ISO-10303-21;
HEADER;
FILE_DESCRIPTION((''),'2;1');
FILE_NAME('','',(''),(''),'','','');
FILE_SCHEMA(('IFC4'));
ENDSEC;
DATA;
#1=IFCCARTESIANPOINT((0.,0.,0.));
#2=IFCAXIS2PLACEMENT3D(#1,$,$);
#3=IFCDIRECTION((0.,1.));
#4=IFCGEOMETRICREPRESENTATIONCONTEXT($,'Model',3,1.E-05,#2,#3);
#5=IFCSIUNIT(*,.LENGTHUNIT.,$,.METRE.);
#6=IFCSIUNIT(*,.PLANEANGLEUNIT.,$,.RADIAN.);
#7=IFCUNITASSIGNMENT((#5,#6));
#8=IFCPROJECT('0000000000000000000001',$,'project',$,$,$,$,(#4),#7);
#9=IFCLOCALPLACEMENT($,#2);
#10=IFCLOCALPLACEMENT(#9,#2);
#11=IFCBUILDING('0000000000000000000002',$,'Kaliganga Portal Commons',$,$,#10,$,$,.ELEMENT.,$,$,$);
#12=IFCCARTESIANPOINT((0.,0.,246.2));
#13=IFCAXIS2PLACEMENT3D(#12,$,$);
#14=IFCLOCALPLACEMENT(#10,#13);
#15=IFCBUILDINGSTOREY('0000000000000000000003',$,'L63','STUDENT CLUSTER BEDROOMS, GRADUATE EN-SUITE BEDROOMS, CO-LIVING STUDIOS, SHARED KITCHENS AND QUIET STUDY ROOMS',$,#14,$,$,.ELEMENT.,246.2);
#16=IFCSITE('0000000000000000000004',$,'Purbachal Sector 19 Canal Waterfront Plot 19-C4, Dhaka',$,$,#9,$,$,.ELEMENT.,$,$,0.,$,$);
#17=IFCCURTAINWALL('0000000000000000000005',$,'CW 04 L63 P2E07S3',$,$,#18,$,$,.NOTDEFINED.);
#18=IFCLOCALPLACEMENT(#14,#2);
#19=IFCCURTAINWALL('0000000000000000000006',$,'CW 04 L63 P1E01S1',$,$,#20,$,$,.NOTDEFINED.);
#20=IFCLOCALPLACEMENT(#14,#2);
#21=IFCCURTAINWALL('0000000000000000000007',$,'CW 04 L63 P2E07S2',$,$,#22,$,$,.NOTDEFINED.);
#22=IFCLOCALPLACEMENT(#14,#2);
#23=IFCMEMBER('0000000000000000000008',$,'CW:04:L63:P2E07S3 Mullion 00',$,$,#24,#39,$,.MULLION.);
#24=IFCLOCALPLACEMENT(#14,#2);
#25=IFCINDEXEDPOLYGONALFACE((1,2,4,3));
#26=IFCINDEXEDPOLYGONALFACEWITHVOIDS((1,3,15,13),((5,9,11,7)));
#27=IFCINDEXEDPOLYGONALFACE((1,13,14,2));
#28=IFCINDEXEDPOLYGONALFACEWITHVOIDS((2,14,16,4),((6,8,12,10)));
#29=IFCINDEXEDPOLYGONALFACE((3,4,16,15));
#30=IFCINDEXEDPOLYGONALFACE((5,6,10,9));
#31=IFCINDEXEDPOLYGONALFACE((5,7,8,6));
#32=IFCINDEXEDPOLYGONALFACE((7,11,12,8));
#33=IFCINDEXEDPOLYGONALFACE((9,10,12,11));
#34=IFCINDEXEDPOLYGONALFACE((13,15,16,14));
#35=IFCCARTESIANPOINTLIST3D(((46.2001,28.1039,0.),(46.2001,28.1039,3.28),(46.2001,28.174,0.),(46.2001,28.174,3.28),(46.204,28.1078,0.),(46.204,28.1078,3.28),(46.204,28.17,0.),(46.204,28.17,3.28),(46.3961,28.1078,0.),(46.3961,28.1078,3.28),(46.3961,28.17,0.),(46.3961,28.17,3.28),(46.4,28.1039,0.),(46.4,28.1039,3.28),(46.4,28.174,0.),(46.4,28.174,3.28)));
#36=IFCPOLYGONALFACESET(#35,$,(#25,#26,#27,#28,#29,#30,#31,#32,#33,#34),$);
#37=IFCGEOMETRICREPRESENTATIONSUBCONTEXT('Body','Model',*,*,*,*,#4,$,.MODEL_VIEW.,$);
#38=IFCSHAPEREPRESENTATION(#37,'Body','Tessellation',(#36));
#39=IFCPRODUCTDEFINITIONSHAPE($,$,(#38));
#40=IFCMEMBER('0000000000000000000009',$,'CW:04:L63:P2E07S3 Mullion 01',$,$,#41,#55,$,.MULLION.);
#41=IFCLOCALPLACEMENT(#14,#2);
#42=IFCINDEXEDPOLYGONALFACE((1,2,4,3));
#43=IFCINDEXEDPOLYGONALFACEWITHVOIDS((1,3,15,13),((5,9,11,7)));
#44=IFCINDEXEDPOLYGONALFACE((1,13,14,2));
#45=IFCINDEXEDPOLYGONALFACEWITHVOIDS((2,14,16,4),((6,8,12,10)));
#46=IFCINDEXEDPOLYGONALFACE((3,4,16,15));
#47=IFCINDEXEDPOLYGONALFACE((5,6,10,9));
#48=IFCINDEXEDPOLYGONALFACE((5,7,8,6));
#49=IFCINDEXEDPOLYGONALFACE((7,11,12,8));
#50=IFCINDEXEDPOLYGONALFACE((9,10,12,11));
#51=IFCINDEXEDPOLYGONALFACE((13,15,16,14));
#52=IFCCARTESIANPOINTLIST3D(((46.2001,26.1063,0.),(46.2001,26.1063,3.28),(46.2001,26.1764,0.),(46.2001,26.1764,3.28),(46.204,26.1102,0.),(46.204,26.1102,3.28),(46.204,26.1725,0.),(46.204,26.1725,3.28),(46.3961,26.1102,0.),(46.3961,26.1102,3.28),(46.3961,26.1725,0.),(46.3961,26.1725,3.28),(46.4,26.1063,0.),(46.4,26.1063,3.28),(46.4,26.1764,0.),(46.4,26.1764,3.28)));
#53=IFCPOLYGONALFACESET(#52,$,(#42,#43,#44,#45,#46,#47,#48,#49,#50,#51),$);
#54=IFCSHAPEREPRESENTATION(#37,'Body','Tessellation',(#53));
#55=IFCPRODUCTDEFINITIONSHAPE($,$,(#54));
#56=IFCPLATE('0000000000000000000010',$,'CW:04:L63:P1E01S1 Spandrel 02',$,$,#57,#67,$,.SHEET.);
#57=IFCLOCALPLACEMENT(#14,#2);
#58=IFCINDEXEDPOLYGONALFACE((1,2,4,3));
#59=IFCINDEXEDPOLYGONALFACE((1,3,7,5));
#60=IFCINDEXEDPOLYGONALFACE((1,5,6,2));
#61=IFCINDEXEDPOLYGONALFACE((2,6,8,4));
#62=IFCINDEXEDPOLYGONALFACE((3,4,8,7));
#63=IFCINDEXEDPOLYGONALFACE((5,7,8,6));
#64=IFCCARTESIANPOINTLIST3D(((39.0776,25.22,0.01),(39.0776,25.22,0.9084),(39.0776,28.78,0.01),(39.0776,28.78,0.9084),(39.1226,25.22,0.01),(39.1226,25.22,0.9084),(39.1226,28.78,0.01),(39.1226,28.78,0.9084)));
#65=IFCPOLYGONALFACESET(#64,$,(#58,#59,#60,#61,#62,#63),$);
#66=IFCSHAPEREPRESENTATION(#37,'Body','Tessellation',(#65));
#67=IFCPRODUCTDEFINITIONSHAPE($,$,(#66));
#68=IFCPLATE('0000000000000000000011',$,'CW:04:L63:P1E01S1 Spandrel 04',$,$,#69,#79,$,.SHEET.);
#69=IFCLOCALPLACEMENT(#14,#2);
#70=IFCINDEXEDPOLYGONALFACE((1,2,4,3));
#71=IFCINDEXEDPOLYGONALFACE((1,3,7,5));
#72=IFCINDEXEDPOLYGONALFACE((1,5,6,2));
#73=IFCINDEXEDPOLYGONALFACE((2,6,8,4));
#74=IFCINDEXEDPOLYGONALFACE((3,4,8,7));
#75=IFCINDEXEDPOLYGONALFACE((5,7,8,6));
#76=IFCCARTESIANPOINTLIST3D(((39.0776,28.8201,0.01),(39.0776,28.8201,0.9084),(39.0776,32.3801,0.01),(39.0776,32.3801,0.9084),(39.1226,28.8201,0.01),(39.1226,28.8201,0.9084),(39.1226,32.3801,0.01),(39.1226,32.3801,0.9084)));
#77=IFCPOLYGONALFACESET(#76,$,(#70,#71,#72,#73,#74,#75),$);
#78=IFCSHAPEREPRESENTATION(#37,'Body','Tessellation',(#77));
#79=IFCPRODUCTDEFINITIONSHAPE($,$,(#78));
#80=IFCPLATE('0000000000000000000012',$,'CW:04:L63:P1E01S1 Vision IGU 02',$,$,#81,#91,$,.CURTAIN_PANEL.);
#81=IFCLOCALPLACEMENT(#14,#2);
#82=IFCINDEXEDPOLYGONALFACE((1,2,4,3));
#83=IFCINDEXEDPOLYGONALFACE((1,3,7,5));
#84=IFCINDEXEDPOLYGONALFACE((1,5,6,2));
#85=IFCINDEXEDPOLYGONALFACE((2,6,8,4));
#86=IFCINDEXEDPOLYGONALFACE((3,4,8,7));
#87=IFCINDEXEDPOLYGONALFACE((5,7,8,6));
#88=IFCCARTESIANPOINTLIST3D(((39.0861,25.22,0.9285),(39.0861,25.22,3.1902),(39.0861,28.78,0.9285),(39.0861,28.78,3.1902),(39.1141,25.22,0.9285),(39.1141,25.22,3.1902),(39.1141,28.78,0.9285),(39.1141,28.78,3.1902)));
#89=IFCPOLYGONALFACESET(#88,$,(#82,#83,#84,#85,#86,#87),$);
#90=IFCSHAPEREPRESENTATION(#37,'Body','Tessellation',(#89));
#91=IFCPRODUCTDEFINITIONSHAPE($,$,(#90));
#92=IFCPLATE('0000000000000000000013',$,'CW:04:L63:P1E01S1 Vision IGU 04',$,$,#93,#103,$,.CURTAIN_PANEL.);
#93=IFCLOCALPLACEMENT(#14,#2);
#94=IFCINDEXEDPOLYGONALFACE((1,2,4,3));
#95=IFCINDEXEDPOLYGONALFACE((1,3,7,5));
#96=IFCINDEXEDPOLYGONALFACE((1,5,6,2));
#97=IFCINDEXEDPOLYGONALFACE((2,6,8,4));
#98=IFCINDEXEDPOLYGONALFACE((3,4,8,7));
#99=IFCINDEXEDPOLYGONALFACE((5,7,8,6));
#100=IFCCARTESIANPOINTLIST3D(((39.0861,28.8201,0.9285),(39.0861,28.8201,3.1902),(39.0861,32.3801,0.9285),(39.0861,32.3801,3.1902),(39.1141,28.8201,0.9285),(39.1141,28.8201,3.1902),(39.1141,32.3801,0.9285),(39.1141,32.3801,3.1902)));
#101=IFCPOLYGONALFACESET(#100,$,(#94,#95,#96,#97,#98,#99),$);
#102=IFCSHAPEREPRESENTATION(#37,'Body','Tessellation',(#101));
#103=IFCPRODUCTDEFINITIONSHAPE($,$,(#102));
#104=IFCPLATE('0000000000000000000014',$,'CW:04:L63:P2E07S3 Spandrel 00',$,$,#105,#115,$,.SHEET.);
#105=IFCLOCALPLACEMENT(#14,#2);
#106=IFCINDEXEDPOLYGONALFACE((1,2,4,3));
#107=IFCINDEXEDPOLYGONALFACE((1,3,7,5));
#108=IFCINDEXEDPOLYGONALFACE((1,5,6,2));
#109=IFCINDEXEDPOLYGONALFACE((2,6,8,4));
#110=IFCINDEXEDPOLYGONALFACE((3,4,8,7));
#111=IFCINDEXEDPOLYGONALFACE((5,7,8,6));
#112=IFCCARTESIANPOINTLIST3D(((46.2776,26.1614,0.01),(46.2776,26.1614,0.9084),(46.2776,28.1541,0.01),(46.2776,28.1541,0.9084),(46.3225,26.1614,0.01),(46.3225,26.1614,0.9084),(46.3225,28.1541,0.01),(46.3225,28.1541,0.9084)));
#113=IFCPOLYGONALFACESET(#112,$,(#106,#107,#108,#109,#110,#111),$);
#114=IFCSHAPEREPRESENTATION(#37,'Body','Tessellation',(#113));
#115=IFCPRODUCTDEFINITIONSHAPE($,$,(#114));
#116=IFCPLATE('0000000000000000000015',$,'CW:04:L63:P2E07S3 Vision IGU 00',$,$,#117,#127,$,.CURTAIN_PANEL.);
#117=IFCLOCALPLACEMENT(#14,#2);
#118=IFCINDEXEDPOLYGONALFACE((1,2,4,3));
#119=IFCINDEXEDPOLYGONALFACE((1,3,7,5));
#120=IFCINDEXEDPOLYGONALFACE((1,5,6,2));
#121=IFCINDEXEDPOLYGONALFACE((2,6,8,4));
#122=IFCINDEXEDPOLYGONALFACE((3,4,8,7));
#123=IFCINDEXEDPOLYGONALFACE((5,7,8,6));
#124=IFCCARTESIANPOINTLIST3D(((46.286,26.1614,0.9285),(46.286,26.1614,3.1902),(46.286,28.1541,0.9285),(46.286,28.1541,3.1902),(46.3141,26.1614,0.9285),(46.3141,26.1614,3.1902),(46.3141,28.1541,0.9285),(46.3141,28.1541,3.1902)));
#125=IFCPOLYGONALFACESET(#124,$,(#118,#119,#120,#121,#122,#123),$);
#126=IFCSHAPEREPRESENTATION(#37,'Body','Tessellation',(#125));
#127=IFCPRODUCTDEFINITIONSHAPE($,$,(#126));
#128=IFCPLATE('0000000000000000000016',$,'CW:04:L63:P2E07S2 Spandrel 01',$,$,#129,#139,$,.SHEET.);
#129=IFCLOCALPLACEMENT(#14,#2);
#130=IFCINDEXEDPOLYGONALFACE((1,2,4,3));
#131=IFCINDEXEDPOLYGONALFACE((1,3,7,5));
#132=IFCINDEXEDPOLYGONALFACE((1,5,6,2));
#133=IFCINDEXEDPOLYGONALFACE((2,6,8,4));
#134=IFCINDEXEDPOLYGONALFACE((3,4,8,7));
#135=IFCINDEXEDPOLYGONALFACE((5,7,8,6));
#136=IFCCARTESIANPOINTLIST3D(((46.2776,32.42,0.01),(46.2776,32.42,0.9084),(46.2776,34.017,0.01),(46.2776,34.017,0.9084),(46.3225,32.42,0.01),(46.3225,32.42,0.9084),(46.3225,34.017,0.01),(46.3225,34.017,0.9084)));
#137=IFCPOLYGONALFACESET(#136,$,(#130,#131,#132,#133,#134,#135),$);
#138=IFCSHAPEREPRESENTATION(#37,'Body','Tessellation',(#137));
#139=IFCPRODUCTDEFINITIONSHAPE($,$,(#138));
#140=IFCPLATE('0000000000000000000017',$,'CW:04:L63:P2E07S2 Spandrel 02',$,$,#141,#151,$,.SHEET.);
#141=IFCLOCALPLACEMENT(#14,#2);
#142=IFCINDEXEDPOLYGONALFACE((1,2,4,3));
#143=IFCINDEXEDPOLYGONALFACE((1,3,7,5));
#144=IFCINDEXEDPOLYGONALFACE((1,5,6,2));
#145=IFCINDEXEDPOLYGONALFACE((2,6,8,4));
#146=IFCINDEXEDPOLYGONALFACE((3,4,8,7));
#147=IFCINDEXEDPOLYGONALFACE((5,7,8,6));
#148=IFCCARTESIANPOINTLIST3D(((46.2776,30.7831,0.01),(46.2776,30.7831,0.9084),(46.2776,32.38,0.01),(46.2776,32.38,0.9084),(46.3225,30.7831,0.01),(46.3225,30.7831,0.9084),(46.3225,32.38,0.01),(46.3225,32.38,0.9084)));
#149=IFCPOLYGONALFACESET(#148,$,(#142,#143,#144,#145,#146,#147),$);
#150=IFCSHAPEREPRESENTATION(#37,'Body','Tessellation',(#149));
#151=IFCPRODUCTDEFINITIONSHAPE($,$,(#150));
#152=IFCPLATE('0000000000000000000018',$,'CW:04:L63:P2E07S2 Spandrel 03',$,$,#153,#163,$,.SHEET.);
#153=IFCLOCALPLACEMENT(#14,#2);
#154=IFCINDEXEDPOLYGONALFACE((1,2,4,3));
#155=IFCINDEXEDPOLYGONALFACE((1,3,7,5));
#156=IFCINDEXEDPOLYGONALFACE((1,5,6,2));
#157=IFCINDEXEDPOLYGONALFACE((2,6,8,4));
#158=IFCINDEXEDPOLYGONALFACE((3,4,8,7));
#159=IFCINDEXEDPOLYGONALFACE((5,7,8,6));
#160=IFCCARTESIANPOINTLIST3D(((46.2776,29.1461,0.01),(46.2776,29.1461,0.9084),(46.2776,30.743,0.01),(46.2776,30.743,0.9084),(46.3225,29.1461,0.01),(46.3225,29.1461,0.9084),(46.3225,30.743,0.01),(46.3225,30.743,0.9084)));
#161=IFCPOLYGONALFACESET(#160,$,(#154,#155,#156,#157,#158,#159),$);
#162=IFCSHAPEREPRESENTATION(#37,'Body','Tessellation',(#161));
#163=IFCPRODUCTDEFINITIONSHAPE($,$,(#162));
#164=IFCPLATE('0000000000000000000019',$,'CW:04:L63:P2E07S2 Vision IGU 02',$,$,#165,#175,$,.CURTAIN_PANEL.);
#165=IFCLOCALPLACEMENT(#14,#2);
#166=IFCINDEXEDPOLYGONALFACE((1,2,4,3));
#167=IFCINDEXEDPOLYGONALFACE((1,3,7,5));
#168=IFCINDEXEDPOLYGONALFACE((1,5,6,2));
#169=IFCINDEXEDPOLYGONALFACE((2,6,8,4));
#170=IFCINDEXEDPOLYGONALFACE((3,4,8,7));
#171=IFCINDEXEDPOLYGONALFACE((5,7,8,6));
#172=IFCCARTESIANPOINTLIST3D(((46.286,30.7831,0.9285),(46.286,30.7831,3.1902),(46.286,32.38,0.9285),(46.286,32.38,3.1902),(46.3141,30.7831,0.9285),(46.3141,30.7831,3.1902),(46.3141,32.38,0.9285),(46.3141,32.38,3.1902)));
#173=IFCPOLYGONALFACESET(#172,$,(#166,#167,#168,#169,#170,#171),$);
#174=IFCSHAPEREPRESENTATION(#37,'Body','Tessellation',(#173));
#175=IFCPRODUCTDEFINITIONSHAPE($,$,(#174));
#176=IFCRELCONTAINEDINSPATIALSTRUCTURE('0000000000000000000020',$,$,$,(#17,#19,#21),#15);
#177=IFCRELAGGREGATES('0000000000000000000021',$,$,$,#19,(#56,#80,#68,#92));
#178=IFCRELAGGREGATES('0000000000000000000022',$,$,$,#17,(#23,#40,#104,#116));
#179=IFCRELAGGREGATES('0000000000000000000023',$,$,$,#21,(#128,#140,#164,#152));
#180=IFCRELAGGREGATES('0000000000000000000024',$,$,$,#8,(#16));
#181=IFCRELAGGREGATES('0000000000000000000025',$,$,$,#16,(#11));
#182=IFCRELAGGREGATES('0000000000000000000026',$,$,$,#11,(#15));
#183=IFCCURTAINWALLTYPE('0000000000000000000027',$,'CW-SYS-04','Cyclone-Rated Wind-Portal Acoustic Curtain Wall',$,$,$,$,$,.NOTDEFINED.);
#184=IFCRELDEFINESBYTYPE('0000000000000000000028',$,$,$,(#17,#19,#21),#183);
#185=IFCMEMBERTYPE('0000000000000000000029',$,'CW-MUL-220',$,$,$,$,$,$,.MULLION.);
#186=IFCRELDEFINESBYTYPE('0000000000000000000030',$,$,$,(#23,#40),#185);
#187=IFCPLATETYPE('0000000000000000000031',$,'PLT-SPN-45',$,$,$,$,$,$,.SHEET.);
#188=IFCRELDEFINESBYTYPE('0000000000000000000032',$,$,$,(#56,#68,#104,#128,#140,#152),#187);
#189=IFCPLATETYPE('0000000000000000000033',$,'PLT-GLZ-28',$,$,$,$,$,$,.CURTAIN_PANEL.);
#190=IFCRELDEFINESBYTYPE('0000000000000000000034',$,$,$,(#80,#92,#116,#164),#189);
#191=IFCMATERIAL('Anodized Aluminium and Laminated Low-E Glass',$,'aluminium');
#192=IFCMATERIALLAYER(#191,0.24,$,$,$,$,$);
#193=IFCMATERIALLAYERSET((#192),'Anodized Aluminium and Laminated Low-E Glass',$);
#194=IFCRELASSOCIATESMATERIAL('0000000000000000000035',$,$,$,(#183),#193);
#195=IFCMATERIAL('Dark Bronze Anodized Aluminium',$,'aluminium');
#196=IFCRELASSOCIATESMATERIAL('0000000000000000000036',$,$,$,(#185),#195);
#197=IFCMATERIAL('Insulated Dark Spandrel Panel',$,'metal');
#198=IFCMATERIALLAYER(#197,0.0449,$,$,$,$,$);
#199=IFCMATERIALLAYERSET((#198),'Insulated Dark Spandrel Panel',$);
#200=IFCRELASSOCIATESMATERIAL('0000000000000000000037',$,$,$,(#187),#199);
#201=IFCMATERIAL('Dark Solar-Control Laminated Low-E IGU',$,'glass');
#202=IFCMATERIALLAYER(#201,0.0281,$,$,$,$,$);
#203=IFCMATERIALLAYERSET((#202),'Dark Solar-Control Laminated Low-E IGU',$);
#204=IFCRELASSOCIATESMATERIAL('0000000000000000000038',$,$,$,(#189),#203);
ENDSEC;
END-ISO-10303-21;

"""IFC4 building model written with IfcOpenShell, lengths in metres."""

from ifc_helpers import new_model, si_unit, direction, frame, origin, origin_2d, place, context, subcontext, project, spatial, rectangle, hollow_rectangle, extrude, source, transform, mapped, material, layer, layer_set, material_profile, profile_set, type_object, element, aggregate, save


model = new_model("IFC4")

# Units and contexts
model_context = context("Model", 3, precision=1e-05, world=origin(), true_north=direction((0.0, 1.0)))
body_context = subcontext(model_context, "Body", "Model", "MODEL_VIEW")
ifc_project = project(units=[si_unit("LENGTHUNIT", "METRE"), si_unit("PLANEANGLEUNIT", "RADIAN")], contexts=[model_context])

# Site, building, storey
site_placement = place(None, origin())
site = spatial("IfcSite", under=ifc_project, at=site_placement, Name="Purbachal Sector 19 Canal Waterfront Plot 19-C4, Dhaka", CompositionType="ELEMENT", RefElevation=0.0)
building_placement = place(site_placement, origin())
building = spatial("IfcBuilding", under=site, at=building_placement, Name="Kaliganga Portal Commons", CompositionType="ELEMENT")
storey_placement = place(building_placement, frame((0.0, 0.0, 246.2)))
storey = spatial("IfcBuildingStorey", under=building, at=storey_placement, Name="L63", Description="STUDENT CLUSTER BEDROOMS, GRADUATE EN-SUITE BEDROOMS, CO-LIVING STUDIOS, SHARED KITCHENS AND QUIET STUDY ROOMS", CompositionType="ELEMENT", Elevation=246.2)

# Curtain walls
ifc_material_1 = material(Name="Anodized Aluminium and Laminated Low-E Glass", Category="aluminium")
ifc_layer_1 = layer(ifc_material_1, 0.24)
ifc_layer_set_1 = layer_set([ifc_layer_1], Name="Anodized Aluminium and Laminated Low-E Glass")
curtain_wall_type = type_object("IfcCurtainWallType", Name="CW-SYS-04", Description="Cyclone-Rated Wind-Portal Acoustic Curtain Wall", PredefinedType="NOTDEFINED", material=ifc_layer_set_1)
curtain_wall_1_placement = place(storey_placement, origin())
curtain_wall_1 = element("IfcCurtainWall", 1, at=curtain_wall_1_placement, inside=storey, type_object=curtain_wall_type, Name="CW 04 L63 P2E07S3", PredefinedType="NOTDEFINED")
ifc_material_2 = material(Name="Dark Bronze Anodized Aluminium", Category="aluminium")
curtain_wall_2_placement = place(storey_placement, origin())
curtain_wall_2 = element("IfcCurtainWall", 2, at=curtain_wall_2_placement, inside=storey, type_object=curtain_wall_type, Name="CW 04 L63 P1E01S1", PredefinedType="NOTDEFINED")
ifc_material_profile_1 = material_profile(ifc_material_2, hollow_rectangle(XDim=0.0701, YDim=0.2, WallThickness=0.0039, at=origin_2d()), Name="ALU MULL 70x200x4")
ifc_profile_set_1 = profile_set([ifc_material_profile_1], Name="Dark Bronze Anodized Aluminium")
member_type_1 = type_object("IfcMemberType", Name="CW-MUL-220", PredefinedType="MULLION", material=ifc_profile_set_1)
shared_shape_1 = source(origin(), body_context, "Body", "SweptSolid", [
    extrude(hollow_rectangle(XDim=0.0701, YDim=0.2, WallThickness=0.0039, at=origin_2d()), origin(), (0.0, 0.0, 1.0), 3.28),
])
curtain_wall_3_placement = place(storey_placement, origin())
curtain_wall_3 = element("IfcCurtainWall", 3, at=curtain_wall_3_placement, inside=storey, type_object=curtain_wall_type, Name="CW 04 L63 P2E07S2", PredefinedType="NOTDEFINED")

# Members
member_1_placement = place(storey_placement, frame((46.3, 28.1389, 0.0), z_axis=(0.0, 0.0, 1.0), x_axis=(0.0, -1.0, 0.0)))
member_1 = element("IfcMember", 4, at=member_1_placement, type_object=member_type_1, Name="CW:04:L63:P2E07S3 Mullion 00", PredefinedType="MULLION", context=body_context, shape_type="MappedRepresentation", body=[
    mapped(shared_shape_1, transform((0.0, 0.0, 0.0), x_axis=(1.0, 0.0, 0.0), y_axis=(0.0, 1.0, 0.0), z_axis=(0.0, 0.0, 1.0), scale=1.0)),
])
member_2_placement = place(storey_placement, frame((46.3, 26.1414, 0.0), z_axis=(0.0, 0.0, 1.0), x_axis=(0.0, -1.0, 0.0)))
member_2 = element("IfcMember", 5, at=member_2_placement, type_object=member_type_1, Name="CW:04:L63:P2E07S3 Mullion 01", PredefinedType="MULLION", context=body_context, shape_type="MappedRepresentation", body=[
    mapped(shared_shape_1, transform((0.0, 0.0, 0.0), x_axis=(1.0, 0.0, 0.0), y_axis=(0.0, 1.0, 0.0), z_axis=(0.0, 0.0, 1.0), scale=1.0)),
])

# Plates
ifc_material_3 = material(Name="Insulated Dark Spandrel Panel", Category="metal")
ifc_layer_2 = layer(ifc_material_3, 0.0449)
ifc_layer_set_2 = layer_set([ifc_layer_2], Name="Insulated Dark Spandrel Panel")
plate_type_1 = type_object("IfcPlateType", Name="PLT-SPN-45", PredefinedType="SHEET", material=ifc_layer_set_2)
shared_shape_2 = source(origin(), body_context, "Body", "SweptSolid", [
    extrude(rectangle(XDim=3.5601, YDim=0.0449, at=origin_2d()), origin(), (0.0, 0.0, 1.0), 0.8984),
])
plate_1_placement = place(storey_placement, frame((39.1001, 27.0, 0.01), z_axis=(0.0, 0.0, 1.0), x_axis=(0.0, 1.0, 0.0)))
plate_1 = element("IfcPlate", 6, at=plate_1_placement, type_object=plate_type_1, Name="CW:04:L63:P1E01S1 Spandrel 02", PredefinedType="SHEET", context=body_context, shape_type="MappedRepresentation", body=[
    mapped(shared_shape_2, transform((0.0, 0.0, 0.0), x_axis=(1.0, 0.0, 0.0), y_axis=(0.0, 1.0, 0.0), z_axis=(0.0, 0.0, 1.0), scale=1.0)),
])
plate_2_placement = place(storey_placement, frame((39.1001, 30.6001, 0.01), z_axis=(0.0, 0.0, 1.0), x_axis=(0.0, 1.0, 0.0)))
plate_2 = element("IfcPlate", 7, at=plate_2_placement, type_object=plate_type_1, Name="CW:04:L63:P1E01S1 Spandrel 04", PredefinedType="SHEET", context=body_context, shape_type="MappedRepresentation", body=[
    mapped(shared_shape_2, transform((0.0, 0.0, 0.0), x_axis=(1.0, 0.0, 0.0), y_axis=(0.0, 1.0, 0.0), z_axis=(0.0, 0.0, 1.0), scale=1.0)),
])
ifc_material_4 = material(Name="Dark Solar-Control Laminated Low-E IGU", Category="glass")
ifc_layer_3 = layer(ifc_material_4, 0.0281)
ifc_layer_set_3 = layer_set([ifc_layer_3], Name="Dark Solar-Control Laminated Low-E IGU")
plate_type_2 = type_object("IfcPlateType", Name="PLT-GLZ-28", PredefinedType="CURTAIN_PANEL", material=ifc_layer_set_3)
shared_shape_3 = source(origin(), body_context, "Body", "SweptSolid", [
    extrude(rectangle(XDim=3.5601, YDim=0.0281, at=origin_2d()), origin(), (0.0, 0.0, 1.0), 2.2617),
])
plate_3_placement = place(storey_placement, frame((39.1001, 27.0, 0.9285), z_axis=(0.0, 0.0, 1.0), x_axis=(0.0, 1.0, 0.0)))
plate_3 = element("IfcPlate", 8, at=plate_3_placement, type_object=plate_type_2, Name="CW:04:L63:P1E01S1 Vision IGU 02", PredefinedType="CURTAIN_PANEL", context=body_context, shape_type="MappedRepresentation", body=[
    mapped(shared_shape_3, transform((0.0, 0.0, 0.0), x_axis=(1.0, 0.0, 0.0), y_axis=(0.0, 1.0, 0.0), z_axis=(0.0, 0.0, 1.0), scale=1.0)),
])
plate_4_placement = place(storey_placement, frame((39.1001, 30.6001, 0.9285), z_axis=(0.0, 0.0, 1.0), x_axis=(0.0, 1.0, 0.0)))
plate_4 = element("IfcPlate", 9, at=plate_4_placement, type_object=plate_type_2, Name="CW:04:L63:P1E01S1 Vision IGU 04", PredefinedType="CURTAIN_PANEL", context=body_context, shape_type="MappedRepresentation", body=[
    mapped(shared_shape_3, transform((0.0, 0.0, 0.0), x_axis=(1.0, 0.0, 0.0), y_axis=(0.0, 1.0, 0.0), z_axis=(0.0, 0.0, 1.0), scale=1.0)),
])
aggregate(curtain_wall_2, [plate_1, plate_3, plate_2, plate_4])
shared_shape_4 = source(origin(), body_context, "Body", "SweptSolid", [
    extrude(rectangle(XDim=1.9927, YDim=0.0449, at=origin_2d()), origin(), (0.0, 0.0, 1.0), 0.8984),
])
plate_5_placement = place(storey_placement, frame((46.3, 27.1577, 0.01), z_axis=(0.0, 0.0, 1.0), x_axis=(0.0, -1.0, 0.0)))
plate_5 = element("IfcPlate", 10, at=plate_5_placement, type_object=plate_type_1, Name="CW:04:L63:P2E07S3 Spandrel 00", PredefinedType="SHEET", context=body_context, shape_type="MappedRepresentation", body=[
    mapped(shared_shape_4, transform((0.0, 0.0, 0.0), x_axis=(1.0, 0.0, 0.0), y_axis=(0.0, 1.0, 0.0), z_axis=(0.0, 0.0, 1.0), scale=1.0)),
])
shared_shape_5 = source(origin(), body_context, "Body", "SweptSolid", [
    extrude(rectangle(XDim=1.9927, YDim=0.0281, at=origin_2d()), origin(), (0.0, 0.0, 1.0), 2.2617),
])
plate_6_placement = place(storey_placement, frame((46.3, 27.1577, 0.9285), z_axis=(0.0, 0.0, 1.0), x_axis=(0.0, -1.0, 0.0)))
plate_6 = element("IfcPlate", 11, at=plate_6_placement, type_object=plate_type_2, Name="CW:04:L63:P2E07S3 Vision IGU 00", PredefinedType="CURTAIN_PANEL", context=body_context, shape_type="MappedRepresentation", body=[
    mapped(shared_shape_5, transform((0.0, 0.0, 0.0), x_axis=(1.0, 0.0, 0.0), y_axis=(0.0, 1.0, 0.0), z_axis=(0.0, 0.0, 1.0), scale=1.0)),
])
aggregate(curtain_wall_1, [member_1, member_2, plate_5, plate_6])
shared_shape_6 = source(origin(), body_context, "Body", "SweptSolid", [
    extrude(rectangle(XDim=1.5969, YDim=0.0449, at=origin_2d()), origin(), (0.0, 0.0, 1.0), 0.8984),
])
plate_7_placement = place(storey_placement, frame((46.3, 33.2185, 0.01), z_axis=(0.0, 0.0, 1.0), x_axis=(0.0, -1.0, 0.0)))
plate_7 = element("IfcPlate", 12, at=plate_7_placement, type_object=plate_type_1, Name="CW:04:L63:P2E07S2 Spandrel 01", PredefinedType="SHEET", context=body_context, shape_type="MappedRepresentation", body=[
    mapped(shared_shape_6, transform((0.0, 0.0, 0.0), x_axis=(1.0, 0.0, 0.0), y_axis=(0.0, 1.0, 0.0), z_axis=(0.0, 0.0, 1.0), scale=1.0)),
])
plate_8_placement = place(storey_placement, frame((46.3, 31.5815, 0.01), z_axis=(0.0, 0.0, 1.0), x_axis=(0.0, -1.0, 0.0)))
plate_8 = element("IfcPlate", 13, at=plate_8_placement, type_object=plate_type_1, Name="CW:04:L63:P2E07S2 Spandrel 02", PredefinedType="SHEET", context=body_context, shape_type="MappedRepresentation", body=[
    mapped(shared_shape_6, transform((0.0, 0.0, 0.0), x_axis=(1.0, 0.0, 0.0), y_axis=(0.0, 1.0, 0.0), z_axis=(0.0, 0.0, 1.0), scale=1.0)),
])
plate_9_placement = place(storey_placement, frame((46.3, 29.9446, 0.01), z_axis=(0.0, 0.0, 1.0), x_axis=(0.0, -1.0, 0.0)))
plate_9 = element("IfcPlate", 14, at=plate_9_placement, type_object=plate_type_1, Name="CW:04:L63:P2E07S2 Spandrel 03", PredefinedType="SHEET", context=body_context, shape_type="MappedRepresentation", body=[
    mapped(shared_shape_6, transform((0.0, 0.0, 0.0), x_axis=(1.0, 0.0, 0.0), y_axis=(0.0, 1.0, 0.0), z_axis=(0.0, 0.0, 1.0), scale=1.0)),
])
shared_shape_7 = source(origin(), body_context, "Body", "SweptSolid", [
    extrude(rectangle(XDim=1.5969, YDim=0.0281, at=origin_2d()), origin(), (0.0, 0.0, 1.0), 2.2617),
])
plate_10_placement = place(storey_placement, frame((46.3, 31.5815, 0.9285), z_axis=(0.0, 0.0, 1.0), x_axis=(0.0, -1.0, 0.0)))
plate_10 = element("IfcPlate", 15, at=plate_10_placement, type_object=plate_type_2, Name="CW:04:L63:P2E07S2 Vision IGU 02", PredefinedType="CURTAIN_PANEL", context=body_context, shape_type="MappedRepresentation", body=[
    mapped(shared_shape_7, transform((0.0, 0.0, 0.0), x_axis=(1.0, 0.0, 0.0), y_axis=(0.0, 1.0, 0.0), z_axis=(0.0, 0.0, 1.0), scale=1.0)),
])
aggregate(curtain_wall_3, [plate_7, plate_8, plate_10, plate_9])

save(model, "model.ifc")
